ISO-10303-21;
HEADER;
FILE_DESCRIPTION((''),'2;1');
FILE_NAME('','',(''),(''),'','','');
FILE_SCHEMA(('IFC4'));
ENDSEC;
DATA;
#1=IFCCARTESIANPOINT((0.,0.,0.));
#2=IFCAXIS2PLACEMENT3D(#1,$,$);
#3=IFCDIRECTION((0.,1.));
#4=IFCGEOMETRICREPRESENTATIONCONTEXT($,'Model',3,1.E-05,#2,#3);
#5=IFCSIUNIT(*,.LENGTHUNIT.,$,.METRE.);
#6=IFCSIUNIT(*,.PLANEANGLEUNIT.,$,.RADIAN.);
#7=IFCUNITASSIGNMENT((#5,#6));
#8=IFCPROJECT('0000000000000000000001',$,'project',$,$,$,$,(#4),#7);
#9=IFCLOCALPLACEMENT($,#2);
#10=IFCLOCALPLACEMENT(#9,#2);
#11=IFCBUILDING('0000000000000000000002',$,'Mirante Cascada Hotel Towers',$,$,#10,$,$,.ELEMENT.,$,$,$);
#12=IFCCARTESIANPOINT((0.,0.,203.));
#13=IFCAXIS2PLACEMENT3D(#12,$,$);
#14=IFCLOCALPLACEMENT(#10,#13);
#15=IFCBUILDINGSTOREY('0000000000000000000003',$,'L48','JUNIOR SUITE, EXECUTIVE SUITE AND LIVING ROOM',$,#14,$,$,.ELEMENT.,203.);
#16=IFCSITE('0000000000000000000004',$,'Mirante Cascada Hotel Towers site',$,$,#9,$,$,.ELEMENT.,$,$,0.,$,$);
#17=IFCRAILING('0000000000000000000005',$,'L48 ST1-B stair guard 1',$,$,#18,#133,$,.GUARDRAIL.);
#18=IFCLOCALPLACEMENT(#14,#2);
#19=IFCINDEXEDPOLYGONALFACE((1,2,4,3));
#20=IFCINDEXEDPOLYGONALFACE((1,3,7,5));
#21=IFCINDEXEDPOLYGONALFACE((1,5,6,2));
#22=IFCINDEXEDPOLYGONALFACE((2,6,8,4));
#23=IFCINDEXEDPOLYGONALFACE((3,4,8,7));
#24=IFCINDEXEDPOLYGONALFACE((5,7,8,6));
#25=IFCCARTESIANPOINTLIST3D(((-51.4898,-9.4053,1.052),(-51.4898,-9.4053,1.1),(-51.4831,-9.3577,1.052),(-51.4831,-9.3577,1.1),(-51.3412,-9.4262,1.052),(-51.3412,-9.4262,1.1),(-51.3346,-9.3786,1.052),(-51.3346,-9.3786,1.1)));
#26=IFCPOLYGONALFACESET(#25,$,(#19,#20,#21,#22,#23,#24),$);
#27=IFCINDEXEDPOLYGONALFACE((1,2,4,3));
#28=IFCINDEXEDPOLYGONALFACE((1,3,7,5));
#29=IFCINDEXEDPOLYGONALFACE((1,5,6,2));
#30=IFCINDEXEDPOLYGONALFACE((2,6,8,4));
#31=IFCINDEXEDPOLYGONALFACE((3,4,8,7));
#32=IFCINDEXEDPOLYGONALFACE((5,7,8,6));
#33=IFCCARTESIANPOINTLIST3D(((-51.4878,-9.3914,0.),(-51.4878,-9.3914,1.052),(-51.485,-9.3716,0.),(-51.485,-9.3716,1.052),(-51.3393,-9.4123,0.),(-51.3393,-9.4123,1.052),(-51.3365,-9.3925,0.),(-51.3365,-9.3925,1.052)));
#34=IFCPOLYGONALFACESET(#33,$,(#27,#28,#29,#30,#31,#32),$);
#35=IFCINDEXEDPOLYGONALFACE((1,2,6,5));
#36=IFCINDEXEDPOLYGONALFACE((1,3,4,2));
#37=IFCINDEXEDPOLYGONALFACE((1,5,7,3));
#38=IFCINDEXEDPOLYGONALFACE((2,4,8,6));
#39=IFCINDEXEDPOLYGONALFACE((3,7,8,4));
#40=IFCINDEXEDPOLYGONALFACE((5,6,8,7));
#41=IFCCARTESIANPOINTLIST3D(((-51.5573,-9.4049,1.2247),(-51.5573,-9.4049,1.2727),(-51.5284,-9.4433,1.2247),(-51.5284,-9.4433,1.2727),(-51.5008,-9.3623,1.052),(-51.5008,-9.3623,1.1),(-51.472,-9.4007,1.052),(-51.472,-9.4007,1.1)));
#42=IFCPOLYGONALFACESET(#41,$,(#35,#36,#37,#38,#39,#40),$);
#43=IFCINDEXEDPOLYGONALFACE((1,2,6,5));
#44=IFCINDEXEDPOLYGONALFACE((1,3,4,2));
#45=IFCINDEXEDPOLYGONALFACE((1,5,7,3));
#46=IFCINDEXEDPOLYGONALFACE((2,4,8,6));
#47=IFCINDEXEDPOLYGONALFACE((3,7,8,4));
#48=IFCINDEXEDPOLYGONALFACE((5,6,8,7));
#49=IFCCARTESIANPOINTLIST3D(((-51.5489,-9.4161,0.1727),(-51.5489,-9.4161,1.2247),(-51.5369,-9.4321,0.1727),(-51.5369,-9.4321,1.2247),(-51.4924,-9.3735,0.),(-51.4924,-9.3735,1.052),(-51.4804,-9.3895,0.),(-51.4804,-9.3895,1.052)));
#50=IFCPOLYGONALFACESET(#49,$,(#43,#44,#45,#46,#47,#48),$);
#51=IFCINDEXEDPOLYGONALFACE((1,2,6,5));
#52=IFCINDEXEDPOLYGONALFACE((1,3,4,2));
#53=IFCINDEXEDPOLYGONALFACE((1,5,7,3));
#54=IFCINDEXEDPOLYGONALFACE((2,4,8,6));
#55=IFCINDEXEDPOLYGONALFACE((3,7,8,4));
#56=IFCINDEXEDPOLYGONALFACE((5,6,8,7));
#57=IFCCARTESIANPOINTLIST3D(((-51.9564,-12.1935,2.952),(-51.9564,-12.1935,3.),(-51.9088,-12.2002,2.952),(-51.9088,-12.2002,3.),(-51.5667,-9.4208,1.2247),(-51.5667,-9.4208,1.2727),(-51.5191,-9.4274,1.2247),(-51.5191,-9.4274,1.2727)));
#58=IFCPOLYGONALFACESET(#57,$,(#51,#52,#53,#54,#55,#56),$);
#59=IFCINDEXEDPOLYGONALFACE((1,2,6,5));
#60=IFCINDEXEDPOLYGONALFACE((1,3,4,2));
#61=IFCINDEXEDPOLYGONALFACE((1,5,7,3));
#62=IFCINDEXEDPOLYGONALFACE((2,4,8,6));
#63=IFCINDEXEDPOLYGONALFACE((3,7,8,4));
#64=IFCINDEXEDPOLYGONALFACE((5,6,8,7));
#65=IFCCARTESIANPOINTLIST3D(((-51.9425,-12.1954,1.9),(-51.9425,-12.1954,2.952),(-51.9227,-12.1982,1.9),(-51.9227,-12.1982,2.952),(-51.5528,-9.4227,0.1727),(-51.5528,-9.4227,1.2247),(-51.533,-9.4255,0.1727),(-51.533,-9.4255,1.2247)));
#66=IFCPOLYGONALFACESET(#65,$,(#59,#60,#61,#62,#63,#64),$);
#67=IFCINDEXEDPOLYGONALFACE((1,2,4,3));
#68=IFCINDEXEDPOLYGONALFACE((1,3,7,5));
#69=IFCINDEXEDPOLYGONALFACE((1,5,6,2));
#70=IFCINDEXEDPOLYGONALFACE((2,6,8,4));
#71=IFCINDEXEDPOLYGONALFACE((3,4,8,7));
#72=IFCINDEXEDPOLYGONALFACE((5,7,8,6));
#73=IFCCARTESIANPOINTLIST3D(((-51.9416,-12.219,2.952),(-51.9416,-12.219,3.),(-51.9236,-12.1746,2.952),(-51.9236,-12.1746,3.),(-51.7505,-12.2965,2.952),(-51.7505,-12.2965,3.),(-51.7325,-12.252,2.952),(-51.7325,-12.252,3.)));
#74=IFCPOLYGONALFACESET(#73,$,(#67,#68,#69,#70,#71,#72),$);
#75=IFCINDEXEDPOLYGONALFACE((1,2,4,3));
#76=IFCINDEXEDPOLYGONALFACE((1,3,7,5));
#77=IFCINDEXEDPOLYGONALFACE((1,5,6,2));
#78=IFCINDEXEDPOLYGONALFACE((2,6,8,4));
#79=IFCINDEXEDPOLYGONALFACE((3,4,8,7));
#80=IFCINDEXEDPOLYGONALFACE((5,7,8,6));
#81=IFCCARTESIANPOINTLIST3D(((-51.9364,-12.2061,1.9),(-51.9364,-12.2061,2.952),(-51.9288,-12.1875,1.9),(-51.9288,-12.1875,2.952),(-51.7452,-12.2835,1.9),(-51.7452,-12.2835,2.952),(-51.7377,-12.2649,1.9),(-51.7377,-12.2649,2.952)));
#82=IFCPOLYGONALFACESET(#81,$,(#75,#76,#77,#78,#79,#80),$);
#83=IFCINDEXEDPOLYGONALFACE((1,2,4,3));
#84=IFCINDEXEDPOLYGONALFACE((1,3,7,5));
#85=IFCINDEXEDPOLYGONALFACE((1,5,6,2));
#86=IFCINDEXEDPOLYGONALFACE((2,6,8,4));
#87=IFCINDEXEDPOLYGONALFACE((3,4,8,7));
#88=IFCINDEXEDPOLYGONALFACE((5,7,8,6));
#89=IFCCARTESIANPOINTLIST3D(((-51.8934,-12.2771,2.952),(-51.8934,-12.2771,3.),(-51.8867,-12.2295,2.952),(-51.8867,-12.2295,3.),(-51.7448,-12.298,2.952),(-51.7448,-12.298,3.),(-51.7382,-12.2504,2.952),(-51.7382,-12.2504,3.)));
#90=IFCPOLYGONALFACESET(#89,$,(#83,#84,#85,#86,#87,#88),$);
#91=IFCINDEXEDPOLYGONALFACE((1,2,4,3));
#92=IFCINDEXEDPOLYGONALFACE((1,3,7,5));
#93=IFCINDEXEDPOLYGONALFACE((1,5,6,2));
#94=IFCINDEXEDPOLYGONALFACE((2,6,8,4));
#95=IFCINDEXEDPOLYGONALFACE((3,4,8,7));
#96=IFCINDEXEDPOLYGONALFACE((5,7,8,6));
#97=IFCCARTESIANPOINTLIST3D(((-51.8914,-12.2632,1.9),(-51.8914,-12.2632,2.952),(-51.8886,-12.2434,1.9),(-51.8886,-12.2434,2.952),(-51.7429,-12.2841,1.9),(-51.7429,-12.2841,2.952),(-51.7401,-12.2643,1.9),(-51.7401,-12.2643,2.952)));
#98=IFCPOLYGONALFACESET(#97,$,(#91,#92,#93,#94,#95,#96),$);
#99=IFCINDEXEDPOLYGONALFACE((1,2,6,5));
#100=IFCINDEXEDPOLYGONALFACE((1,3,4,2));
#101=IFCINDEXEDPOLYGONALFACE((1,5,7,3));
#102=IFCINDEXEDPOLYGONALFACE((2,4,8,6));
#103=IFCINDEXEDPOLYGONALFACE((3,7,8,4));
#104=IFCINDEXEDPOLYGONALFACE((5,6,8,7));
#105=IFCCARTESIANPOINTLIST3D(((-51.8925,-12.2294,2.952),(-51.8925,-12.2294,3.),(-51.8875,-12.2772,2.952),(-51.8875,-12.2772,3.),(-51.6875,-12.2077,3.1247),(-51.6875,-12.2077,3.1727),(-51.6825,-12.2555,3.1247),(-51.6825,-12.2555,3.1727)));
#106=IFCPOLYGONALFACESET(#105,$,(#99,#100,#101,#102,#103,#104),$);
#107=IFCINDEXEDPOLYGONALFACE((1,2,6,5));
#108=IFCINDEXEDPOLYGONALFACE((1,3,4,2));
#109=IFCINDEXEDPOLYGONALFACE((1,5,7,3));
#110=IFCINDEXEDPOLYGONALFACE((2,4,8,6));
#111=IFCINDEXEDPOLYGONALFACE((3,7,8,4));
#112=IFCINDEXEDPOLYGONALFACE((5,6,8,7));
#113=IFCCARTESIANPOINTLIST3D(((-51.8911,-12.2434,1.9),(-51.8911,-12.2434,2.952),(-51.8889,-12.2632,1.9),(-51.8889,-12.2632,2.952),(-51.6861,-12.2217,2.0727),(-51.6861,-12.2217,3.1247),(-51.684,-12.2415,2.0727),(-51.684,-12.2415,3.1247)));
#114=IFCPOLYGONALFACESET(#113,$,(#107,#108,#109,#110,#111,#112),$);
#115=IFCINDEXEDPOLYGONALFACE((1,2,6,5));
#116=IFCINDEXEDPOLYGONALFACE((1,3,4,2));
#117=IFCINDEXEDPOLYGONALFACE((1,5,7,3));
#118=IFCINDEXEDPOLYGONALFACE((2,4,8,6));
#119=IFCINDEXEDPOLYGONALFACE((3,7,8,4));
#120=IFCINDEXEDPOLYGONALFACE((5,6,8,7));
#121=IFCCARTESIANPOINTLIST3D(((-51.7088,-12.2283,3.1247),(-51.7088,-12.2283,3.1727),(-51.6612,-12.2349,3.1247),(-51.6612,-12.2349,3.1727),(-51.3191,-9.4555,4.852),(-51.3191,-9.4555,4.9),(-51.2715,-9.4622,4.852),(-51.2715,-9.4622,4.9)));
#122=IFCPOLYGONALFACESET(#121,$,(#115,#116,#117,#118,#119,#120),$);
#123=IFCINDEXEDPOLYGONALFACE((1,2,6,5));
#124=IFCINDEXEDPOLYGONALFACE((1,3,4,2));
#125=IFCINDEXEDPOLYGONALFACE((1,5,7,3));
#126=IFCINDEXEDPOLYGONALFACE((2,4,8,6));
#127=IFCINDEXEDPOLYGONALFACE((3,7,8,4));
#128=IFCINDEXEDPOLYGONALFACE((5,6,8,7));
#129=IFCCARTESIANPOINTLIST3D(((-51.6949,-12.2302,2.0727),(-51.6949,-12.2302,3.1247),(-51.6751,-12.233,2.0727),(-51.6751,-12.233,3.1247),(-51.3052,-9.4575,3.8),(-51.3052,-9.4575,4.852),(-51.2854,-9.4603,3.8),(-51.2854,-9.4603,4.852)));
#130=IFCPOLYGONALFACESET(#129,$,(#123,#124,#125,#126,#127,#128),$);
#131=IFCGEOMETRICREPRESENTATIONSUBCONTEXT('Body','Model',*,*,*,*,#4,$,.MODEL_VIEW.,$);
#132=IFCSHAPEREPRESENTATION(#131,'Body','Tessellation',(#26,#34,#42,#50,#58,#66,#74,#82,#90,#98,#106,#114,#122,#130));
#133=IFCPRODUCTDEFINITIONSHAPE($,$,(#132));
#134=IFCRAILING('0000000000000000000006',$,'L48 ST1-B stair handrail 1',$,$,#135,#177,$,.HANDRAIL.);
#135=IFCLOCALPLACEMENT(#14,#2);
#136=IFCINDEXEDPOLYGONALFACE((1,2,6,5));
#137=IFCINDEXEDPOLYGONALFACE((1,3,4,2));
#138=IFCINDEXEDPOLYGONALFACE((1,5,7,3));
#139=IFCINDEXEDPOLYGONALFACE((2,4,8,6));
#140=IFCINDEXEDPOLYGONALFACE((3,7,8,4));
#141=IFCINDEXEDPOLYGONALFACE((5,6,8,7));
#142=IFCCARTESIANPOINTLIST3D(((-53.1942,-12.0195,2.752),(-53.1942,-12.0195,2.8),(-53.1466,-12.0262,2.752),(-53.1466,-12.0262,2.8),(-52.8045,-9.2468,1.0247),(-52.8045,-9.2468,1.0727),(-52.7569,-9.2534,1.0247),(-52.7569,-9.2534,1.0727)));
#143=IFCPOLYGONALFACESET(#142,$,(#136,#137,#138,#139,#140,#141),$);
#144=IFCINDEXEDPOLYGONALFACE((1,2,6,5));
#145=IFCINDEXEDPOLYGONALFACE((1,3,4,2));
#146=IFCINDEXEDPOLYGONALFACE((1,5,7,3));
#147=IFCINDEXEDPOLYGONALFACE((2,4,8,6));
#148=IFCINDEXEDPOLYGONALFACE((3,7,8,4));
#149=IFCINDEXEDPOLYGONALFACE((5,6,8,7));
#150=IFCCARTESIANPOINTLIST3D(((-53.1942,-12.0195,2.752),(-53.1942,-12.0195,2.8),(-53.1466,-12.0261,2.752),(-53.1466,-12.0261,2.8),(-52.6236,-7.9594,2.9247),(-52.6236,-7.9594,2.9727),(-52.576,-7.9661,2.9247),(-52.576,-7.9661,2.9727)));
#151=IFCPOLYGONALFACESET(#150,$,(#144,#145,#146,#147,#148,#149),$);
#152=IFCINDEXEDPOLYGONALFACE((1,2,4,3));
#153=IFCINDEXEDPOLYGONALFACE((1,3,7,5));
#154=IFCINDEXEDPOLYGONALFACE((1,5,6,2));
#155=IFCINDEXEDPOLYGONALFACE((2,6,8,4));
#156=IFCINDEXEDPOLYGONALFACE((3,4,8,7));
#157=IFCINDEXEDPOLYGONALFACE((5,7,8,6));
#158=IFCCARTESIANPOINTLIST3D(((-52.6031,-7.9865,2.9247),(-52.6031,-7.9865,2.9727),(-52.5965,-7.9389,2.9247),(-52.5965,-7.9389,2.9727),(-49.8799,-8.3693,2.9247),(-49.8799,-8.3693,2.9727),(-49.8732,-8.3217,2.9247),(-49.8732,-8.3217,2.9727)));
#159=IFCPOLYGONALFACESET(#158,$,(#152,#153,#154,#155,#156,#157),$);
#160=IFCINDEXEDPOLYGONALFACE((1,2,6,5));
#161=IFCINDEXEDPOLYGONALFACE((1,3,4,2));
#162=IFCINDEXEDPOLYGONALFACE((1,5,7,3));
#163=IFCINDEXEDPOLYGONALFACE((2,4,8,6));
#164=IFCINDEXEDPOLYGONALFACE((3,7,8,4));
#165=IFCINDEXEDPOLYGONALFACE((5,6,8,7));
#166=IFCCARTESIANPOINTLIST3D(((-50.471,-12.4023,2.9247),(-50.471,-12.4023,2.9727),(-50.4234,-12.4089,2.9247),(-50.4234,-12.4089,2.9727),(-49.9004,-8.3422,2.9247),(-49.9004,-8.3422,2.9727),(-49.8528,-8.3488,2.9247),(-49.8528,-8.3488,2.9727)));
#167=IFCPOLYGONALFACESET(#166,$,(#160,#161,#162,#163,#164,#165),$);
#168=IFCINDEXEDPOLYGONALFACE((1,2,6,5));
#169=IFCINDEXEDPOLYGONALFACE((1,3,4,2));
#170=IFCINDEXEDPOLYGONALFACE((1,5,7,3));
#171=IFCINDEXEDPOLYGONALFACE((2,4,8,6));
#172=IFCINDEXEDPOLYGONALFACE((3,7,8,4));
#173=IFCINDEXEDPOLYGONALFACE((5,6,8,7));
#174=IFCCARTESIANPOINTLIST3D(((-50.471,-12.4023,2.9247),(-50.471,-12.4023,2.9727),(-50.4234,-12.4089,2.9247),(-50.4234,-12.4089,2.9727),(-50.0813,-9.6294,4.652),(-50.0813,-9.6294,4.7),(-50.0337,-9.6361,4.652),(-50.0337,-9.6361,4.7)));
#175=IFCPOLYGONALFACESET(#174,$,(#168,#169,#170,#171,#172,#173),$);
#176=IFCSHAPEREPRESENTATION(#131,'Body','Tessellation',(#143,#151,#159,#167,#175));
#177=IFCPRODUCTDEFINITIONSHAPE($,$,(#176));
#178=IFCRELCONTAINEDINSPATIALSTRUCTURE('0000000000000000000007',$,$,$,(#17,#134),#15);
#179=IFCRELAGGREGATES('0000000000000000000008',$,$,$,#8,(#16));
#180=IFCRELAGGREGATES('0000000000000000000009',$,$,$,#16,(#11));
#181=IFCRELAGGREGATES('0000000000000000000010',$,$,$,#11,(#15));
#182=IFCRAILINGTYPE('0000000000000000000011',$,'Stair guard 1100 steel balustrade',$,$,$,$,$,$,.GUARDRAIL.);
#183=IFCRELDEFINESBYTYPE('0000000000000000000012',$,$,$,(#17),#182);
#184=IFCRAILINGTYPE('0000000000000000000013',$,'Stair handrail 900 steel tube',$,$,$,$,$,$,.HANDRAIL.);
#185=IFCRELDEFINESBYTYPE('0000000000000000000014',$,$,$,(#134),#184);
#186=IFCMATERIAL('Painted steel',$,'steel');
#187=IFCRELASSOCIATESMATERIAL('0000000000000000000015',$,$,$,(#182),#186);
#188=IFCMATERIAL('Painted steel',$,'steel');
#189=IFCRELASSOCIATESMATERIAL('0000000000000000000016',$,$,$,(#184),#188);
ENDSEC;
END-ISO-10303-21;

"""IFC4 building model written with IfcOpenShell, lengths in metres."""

from ifc_helpers import new_model, si_unit, direction, frame, origin, origin_2d, place, context, subcontext, project, spatial, rectangle, extrude, material, type_object, element, save


model = new_model("IFC4")

# Units and contexts
model_context = context("Model", 3, precision=1e-05, world=origin(), true_north=direction((0.0, 1.0)))
body_context = subcontext(model_context, "Body", "Model", "MODEL_VIEW")
ifc_project = project(units=[si_unit("LENGTHUNIT", "METRE"), si_unit("PLANEANGLEUNIT", "RADIAN")], contexts=[model_context])

# Site, building, storey
site_placement = place(None, origin())
site = spatial("IfcSite", under=ifc_project, at=site_placement, Name="Mirante Cascada Hotel Towers site", CompositionType="ELEMENT", RefElevation=0.0)
building_placement = place(site_placement, origin())
building = spatial("IfcBuilding", under=site, at=building_placement, Name="Mirante Cascada Hotel Towers", CompositionType="ELEMENT")
storey_placement = place(building_placement, frame((0.0, 0.0, 203.0)))
storey = spatial("IfcBuildingStorey", under=building, at=storey_placement, Name="L48", Description="JUNIOR SUITE, EXECUTIVE SUITE AND LIVING ROOM", CompositionType="ELEMENT", Elevation=203.0)

# Railings
ifc_material_1 = material(Name="Painted steel", Category="steel")
railing_type_1 = type_object("IfcRailingType", Name="Stair guard 1100 steel balustrade", PredefinedType="GUARDRAIL", material=ifc_material_1)
railing_1_placement = place(storey_placement, frame((-51.3379, -9.4024, 0.0)))
element("IfcRailing", 1, at=railing_1_placement, inside=storey, type_object=railing_type_1, Name="L48 ST1-B stair guard 1", PredefinedType="GUARDRAIL", context=body_context, shape_type="SweptSolid", body=[
    extrude(rectangle(XDim=0.048, YDim=0.048, at=origin_2d()), frame((0.0, 0.0, 1.076), z_axis=(-0.990241, 0.139367, 0.0), x_axis=(-0.139367, -0.990241, 0.0)), (0.0, 0.0, 1.0), 0.15),
    extrude(rectangle(XDim=0.02, YDim=1.052, at=origin_2d()), frame((0.0, 0.0, 0.526), z_axis=(-0.990241, 0.139367, 0.0), x_axis=(-0.139367, -0.990241, 0.0)), (0.0, 0.0, 1.0), 0.15),
    extrude(rectangle(XDim=0.048, YDim=0.048, at=origin_2d()), frame((-0.1485, 0.0209, 1.076), z_axis=(-0.798471, -0.602033, 0.0), x_axis=(0.602033, -0.798471, 0.0)), (0.0, 0.92534, 0.379139), 0.1866),
    extrude(rectangle(XDim=0.02, YDim=1.052, at=origin_2d()), frame((-0.1485, 0.0209, 0.526), z_axis=(-0.798471, -0.602033, 0.0), x_axis=(0.602033, -0.798471, 0.0)), (0.0, 0.92534, 0.379139), 0.1866),
    extrude(rectangle(XDim=0.048, YDim=0.048, at=origin_2d()), frame((-0.205, -0.0217, 1.2487), z_axis=(-0.139181, -0.990267, 0.0), x_axis=(0.990267, -0.139181, 0.0)), (0.0, 0.525035, 0.851081), 3.2899),
    extrude(rectangle(XDim=0.02, YDim=1.052, at=origin_2d()), frame((-0.205, -0.0217, 0.6987), z_axis=(-0.139181, -0.990267, 0.0), x_axis=(0.990267, -0.139181, 0.0)), (0.0, 0.525035, 0.851081), 3.2899),
    extrude(rectangle(XDim=0.048, YDim=0.048, at=origin_2d()), frame((-0.5947, -2.7944, 2.976), z_axis=(0.926862, -0.375401, 0.0), x_axis=(0.375401, 0.926862, 0.0)), (0.0, 0.0, 1.0), 0.2062),
    extrude(rectangle(XDim=0.02, YDim=1.052, at=origin_2d()), frame((-0.5947, -2.7944, 2.426), z_axis=(0.926862, -0.375401, 0.0), x_axis=(0.375401, 0.926862, 0.0)), (0.0, 0.0, 1.0), 0.2062),
    extrude(rectangle(XDim=0.048, YDim=0.048, at=origin_2d()), frame((-0.4036, -2.8718, 2.976), z_axis=(-0.990241, 0.139367, 0.0), x_axis=(-0.139367, -0.990241, 0.0)), (0.0, 0.0, 1.0), 0.15),
    extrude(rectangle(XDim=0.02, YDim=1.052, at=origin_2d()), frame((-0.4036, -2.8718, 2.426), z_axis=(-0.990241, 0.139367, 0.0), x_axis=(-0.139367, -0.990241, 0.0)), (0.0, 0.0, 1.0), 0.15),
    extrude(rectangle(XDim=0.048, YDim=0.048, at=origin_2d()), frame((-0.5521, -2.8509, 2.976), z_axis=(0.994444, 0.105266, 0.0), x_axis=(-0.105266, 0.994444, 0.0)), (0.0, 0.642184, 0.76655), 0.2689),
    extrude(rectangle(XDim=0.02, YDim=1.052, at=origin_2d()), frame((-0.5521, -2.8509, 2.426), z_axis=(0.994444, 0.105266, 0.0), x_axis=(-0.105266, 0.994444, 0.0)), (0.0, 0.642184, 0.76655), 0.2689),
    extrude(rectangle(XDim=0.048, YDim=0.048, at=origin_2d()), frame((-0.3471, -2.8292, 3.1487), z_axis=(0.139181, 0.990267, 0.0), x_axis=(-0.990267, 0.139181, 0.0)), (0.0, 0.525035, 0.851081), 3.2899),
    extrude(rectangle(XDim=0.02, YDim=1.052, at=origin_2d()), frame((-0.3471, -2.8292, 2.5987), z_axis=(0.139181, 0.990267, 0.0), x_axis=(-0.990267, 0.139181, 0.0)), (0.0, 0.525035, 0.851081), 3.2899),
])
ifc_material_2 = material(Name="Painted steel", Category="steel")
railing_type_2 = type_object("IfcRailingType", Name="Stair handrail 900 steel tube", PredefinedType="HANDRAIL", material=ifc_material_2)
railing_2_placement = place(storey_placement, frame((-52.7807, -9.2501, 0.1727)))
element("IfcRailing", 2, at=railing_2_placement, inside=storey, type_object=railing_type_2, Name="L48 ST1-B stair handrail 1", PredefinedType="HANDRAIL", context=body_context, shape_type="SweptSolid", body=[
    extrude(rectangle(XDim=0.048, YDim=0.048, at=origin_2d()), frame((0.0, 0.0, 0.876), z_axis=(-0.139181, -0.990267, 0.0), x_axis=(0.990267, -0.139181, 0.0)), (0.0, 0.525035, 0.851081), 3.2899),
    extrude(rectangle(XDim=0.048, YDim=0.048, at=origin_2d()), frame((-0.3897, -2.7727, 2.6033), z_axis=(0.139171, 0.990268, 0.0), x_axis=(-0.990268, 0.139171, 0.0)), (0.0, 0.042085, 0.999114), 4.1036),
    extrude(rectangle(XDim=0.048, YDim=0.048, at=origin_2d()), frame((0.1809, 1.2874, 2.776), z_axis=(0.990264, -0.139201, 0.0), x_axis=(0.139201, 0.990264, 0.0)), (0.0, 0.0, 1.0), 2.75),
    extrude(rectangle(XDim=0.048, YDim=0.048, at=origin_2d()), frame((2.9041, 0.9046, 2.776), z_axis=(-0.139171, -0.990268, 0.0), x_axis=(0.990268, -0.139171, 0.0)), (0.0, 0.0, 1.0), 4.1),
    extrude(rectangle(XDim=0.048, YDim=0.048, at=origin_2d()), frame((2.3335, -3.1555, 2.776), z_axis=(0.139176, 0.990268, 0.0), x_axis=(-0.990268, 0.139176, 0.0)), (0.0, 0.525021, 0.851089), 3.29),
])

save(model, "model.ifc")
